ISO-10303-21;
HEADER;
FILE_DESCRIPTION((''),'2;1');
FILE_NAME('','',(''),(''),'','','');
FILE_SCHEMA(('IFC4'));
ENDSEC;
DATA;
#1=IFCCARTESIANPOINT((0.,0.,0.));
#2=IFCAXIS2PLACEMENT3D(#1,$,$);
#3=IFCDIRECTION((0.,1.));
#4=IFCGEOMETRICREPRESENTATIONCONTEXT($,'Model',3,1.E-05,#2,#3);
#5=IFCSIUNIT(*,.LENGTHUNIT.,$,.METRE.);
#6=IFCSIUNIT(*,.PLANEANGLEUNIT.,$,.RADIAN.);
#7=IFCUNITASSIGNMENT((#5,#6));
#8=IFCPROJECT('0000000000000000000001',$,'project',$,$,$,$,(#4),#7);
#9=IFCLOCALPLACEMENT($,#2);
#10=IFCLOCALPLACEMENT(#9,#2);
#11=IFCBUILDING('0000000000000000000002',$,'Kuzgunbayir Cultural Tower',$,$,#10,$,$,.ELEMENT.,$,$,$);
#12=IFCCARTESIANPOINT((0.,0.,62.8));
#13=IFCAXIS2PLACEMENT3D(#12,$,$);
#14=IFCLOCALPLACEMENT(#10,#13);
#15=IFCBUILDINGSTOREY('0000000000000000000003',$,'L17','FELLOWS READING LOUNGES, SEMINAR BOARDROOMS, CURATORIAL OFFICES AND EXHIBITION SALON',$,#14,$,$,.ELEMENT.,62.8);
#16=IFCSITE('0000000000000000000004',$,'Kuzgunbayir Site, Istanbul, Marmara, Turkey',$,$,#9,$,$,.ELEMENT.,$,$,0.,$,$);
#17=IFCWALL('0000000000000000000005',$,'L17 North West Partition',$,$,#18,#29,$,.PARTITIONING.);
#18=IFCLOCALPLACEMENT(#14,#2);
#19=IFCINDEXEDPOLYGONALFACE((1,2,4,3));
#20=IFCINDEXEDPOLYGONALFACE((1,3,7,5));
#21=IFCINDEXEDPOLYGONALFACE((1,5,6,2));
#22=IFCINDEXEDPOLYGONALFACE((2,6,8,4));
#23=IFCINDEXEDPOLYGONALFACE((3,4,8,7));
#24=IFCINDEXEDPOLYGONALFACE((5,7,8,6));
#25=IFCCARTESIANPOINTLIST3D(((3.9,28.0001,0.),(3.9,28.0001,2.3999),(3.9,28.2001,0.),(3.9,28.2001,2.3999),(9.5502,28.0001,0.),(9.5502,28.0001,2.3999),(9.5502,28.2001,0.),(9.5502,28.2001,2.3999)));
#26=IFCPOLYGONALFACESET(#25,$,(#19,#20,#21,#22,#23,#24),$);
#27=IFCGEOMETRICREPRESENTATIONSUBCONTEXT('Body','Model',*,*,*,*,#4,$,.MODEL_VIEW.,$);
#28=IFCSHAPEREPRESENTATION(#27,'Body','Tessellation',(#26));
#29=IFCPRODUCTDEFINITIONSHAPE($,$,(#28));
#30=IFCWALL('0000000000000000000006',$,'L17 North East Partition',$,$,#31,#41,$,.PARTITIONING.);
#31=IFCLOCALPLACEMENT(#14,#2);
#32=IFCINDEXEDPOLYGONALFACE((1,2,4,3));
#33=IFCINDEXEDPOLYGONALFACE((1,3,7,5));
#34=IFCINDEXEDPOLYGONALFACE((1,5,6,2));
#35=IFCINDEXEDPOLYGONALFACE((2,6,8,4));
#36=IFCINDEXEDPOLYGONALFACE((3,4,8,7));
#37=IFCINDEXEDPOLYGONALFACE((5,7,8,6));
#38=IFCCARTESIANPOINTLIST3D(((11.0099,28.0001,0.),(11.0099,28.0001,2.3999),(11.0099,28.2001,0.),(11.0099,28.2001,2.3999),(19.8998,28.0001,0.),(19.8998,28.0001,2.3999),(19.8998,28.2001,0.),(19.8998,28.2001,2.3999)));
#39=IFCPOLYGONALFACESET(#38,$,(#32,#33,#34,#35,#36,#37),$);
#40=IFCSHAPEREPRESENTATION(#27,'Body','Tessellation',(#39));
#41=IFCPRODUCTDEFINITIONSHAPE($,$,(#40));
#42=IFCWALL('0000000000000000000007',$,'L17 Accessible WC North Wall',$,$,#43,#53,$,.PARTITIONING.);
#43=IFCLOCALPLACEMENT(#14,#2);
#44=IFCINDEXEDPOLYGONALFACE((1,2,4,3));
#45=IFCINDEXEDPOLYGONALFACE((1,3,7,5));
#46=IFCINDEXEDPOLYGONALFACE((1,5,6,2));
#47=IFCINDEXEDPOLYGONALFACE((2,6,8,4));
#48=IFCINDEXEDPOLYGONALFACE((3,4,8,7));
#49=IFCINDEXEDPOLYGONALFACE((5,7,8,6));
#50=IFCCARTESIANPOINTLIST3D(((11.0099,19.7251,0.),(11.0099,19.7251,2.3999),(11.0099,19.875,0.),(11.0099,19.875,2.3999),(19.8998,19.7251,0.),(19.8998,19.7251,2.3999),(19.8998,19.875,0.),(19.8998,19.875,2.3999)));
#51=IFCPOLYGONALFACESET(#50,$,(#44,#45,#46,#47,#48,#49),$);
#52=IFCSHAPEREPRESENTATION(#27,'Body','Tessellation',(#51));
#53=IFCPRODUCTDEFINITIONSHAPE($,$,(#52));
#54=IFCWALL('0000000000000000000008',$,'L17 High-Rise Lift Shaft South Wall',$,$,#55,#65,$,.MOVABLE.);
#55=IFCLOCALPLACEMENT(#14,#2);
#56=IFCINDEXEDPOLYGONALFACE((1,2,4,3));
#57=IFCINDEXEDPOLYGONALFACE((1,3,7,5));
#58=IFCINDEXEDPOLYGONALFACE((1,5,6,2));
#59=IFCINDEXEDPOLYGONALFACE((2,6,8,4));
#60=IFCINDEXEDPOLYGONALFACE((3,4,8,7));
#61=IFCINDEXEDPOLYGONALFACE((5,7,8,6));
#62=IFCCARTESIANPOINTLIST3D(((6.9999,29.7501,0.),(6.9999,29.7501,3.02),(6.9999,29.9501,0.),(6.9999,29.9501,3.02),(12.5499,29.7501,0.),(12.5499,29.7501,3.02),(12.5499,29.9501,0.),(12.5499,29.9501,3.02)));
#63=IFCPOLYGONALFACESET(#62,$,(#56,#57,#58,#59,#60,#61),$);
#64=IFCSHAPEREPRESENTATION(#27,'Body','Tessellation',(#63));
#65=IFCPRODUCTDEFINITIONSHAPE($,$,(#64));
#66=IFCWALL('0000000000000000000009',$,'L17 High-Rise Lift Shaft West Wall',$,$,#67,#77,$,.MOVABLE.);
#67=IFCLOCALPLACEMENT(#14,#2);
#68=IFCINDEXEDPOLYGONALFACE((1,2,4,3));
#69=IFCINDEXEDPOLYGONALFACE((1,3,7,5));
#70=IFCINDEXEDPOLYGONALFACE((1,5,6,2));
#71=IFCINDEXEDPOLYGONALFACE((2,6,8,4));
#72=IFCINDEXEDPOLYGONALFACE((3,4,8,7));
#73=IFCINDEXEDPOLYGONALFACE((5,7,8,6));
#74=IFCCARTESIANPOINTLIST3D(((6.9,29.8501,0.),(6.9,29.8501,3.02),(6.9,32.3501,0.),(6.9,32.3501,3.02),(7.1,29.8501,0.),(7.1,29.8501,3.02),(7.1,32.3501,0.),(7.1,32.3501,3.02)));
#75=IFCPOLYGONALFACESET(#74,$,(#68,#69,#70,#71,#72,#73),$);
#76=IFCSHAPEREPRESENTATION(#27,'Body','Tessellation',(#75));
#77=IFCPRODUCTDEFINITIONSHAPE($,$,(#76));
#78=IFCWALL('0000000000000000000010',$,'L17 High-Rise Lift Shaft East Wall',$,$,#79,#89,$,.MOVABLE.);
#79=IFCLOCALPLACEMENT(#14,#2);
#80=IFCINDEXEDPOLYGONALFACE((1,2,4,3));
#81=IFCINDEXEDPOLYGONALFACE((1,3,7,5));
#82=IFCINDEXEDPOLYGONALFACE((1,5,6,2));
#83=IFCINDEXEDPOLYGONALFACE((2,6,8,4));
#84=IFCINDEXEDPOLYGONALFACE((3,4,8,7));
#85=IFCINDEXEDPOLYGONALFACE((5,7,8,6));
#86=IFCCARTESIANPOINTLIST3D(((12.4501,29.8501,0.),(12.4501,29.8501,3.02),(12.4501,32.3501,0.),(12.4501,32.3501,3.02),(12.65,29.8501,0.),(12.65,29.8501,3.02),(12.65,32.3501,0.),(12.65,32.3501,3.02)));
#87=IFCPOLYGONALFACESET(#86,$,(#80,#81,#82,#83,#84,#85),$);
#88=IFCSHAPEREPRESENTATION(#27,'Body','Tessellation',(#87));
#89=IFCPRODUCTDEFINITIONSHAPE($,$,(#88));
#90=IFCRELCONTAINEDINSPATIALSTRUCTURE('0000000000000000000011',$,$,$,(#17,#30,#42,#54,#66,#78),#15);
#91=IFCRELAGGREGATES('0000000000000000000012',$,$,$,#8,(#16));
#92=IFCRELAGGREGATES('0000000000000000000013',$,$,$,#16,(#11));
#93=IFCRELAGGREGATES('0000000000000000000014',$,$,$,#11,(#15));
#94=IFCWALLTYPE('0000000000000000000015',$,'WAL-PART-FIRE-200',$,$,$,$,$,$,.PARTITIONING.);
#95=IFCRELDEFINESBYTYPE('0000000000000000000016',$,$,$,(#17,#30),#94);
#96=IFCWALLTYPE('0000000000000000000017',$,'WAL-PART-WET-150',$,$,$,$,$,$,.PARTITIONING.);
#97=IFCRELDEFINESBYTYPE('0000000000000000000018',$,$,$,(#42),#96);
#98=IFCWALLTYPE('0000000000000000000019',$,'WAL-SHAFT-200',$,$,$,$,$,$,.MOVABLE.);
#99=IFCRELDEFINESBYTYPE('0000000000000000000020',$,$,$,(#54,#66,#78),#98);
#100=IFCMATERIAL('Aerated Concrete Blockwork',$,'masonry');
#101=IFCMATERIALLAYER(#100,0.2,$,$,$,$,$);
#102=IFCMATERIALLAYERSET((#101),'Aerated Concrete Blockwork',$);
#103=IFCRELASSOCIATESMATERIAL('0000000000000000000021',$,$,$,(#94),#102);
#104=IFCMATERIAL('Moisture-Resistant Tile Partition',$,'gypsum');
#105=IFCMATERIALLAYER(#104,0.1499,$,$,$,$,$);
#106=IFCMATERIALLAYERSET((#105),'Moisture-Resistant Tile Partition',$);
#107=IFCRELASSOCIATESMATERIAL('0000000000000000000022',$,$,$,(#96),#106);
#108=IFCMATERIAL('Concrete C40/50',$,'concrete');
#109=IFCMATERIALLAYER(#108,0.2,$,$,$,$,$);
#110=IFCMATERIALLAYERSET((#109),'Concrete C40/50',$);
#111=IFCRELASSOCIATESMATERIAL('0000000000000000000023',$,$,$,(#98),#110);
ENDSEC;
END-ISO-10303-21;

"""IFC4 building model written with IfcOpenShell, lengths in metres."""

from ifc_helpers import new_model, si_unit, direction, frame, frame_2d, origin, place, context, subcontext, project, spatial, rectangle, extrude, material, layer, layer_set, type_object, element, save


model = new_model("IFC4")

# Units and contexts
model_context = context("Model", 3, precision=1e-05, world=origin(), true_north=direction((0.0, 1.0)))
body_context = subcontext(model_context, "Body", "Model", "MODEL_VIEW")
ifc_project = project(units=[si_unit("LENGTHUNIT", "METRE"), si_unit("PLANEANGLEUNIT", "RADIAN")], contexts=[model_context])

# Site, building, storey
site_placement = place(None, origin())
site = spatial("IfcSite", under=ifc_project, at=site_placement, Name="Kuzgunbayir Site, Istanbul, Marmara, Turkey", CompositionType="ELEMENT", RefElevation=0.0)
building_placement = place(site_placement, origin())
building = spatial("IfcBuilding", under=site, at=building_placement, Name="Kuzgunbayir Cultural Tower", CompositionType="ELEMENT")
storey_placement = place(building_placement, frame((0.0, 0.0, 62.8)))
storey = spatial("IfcBuildingStorey", under=building, at=storey_placement, Name="L17", Description="FELLOWS READING LOUNGES, SEMINAR BOARDROOMS, CURATORIAL OFFICES AND EXHIBITION SALON", CompositionType="ELEMENT", Elevation=62.8)

# Walls
ifc_material_1 = material(Name="Aerated Concrete Blockwork", Category="masonry")
ifc_layer_1 = layer(ifc_material_1, 0.2)
ifc_layer_set_1 = layer_set([ifc_layer_1], Name="Aerated Concrete Blockwork")
wall_type_1 = type_object("IfcWallType", Name="WAL-PART-FIRE-200", PredefinedType="PARTITIONING", material=ifc_layer_set_1)
wall_1_placement = place(storey_placement, frame((3.8999, 28.1001, 0.0), z_axis=(0.0, 0.0, 1.0), x_axis=(1.0, 0.0, 0.0)))
element("IfcWall", 1, at=wall_1_placement, inside=storey, type_object=wall_type_1, Name="L17 North West Partition", PredefinedType="PARTITIONING", context=body_context, shape_type="SweptSolid", body=[
    extrude(rectangle(XDim=5.6501, YDim=0.2, at=frame_2d((2.8252, 0.0))), origin(), (0.0, 0.0, 1.0), 2.3999),
])
wall_2_placement = place(storey_placement, frame((11.01, 28.1001, 0.0), z_axis=(0.0, 0.0, 1.0), x_axis=(1.0, 0.0, 0.0)))
element("IfcWall", 2, at=wall_2_placement, inside=storey, type_object=wall_type_1, Name="L17 North East Partition", PredefinedType="PARTITIONING", context=body_context, shape_type="SweptSolid", body=[
    extrude(rectangle(XDim=8.8899, YDim=0.2, at=frame_2d((4.4448, 0.0))), origin(), (0.0, 0.0, 1.0), 2.3999),
])
ifc_material_2 = material(Name="Moisture-Resistant Tile Partition", Category="gypsum")
ifc_layer_2 = layer(ifc_material_2, 0.1499)
ifc_layer_set_2 = layer_set([ifc_layer_2], Name="Moisture-Resistant Tile Partition")
wall_type_2 = type_object("IfcWallType", Name="WAL-PART-WET-150", PredefinedType="PARTITIONING", material=ifc_layer_set_2)
wall_3_placement = place(storey_placement, frame((11.01, 19.8, 0.0), z_axis=(0.0, 0.0, 1.0), x_axis=(1.0, 0.0, 0.0)))
element("IfcWall", 3, at=wall_3_placement, inside=storey, type_object=wall_type_2, Name="L17 Accessible WC North Wall", PredefinedType="PARTITIONING", context=body_context, shape_type="SweptSolid", body=[
    extrude(rectangle(XDim=8.8899, YDim=0.1499, at=frame_2d((4.4448, 0.0))), origin(), (0.0, 0.0, 1.0), 2.3999),
])
ifc_material_3 = material(Name="Concrete C40/50", Category="concrete")
ifc_layer_3 = layer(ifc_material_3, 0.2)
ifc_layer_set_3 = layer_set([ifc_layer_3], Name="Concrete C40/50")
wall_type_3 = type_object("IfcWallType", Name="WAL-SHAFT-200", PredefinedType="MOVABLE", material=ifc_layer_set_3)
wall_4_placement = place(storey_placement, frame((7.0, 29.8501, 0.0), z_axis=(0.0, 0.0, 1.0), x_axis=(1.0, 0.0, 0.0)))
element("IfcWall", 4, at=wall_4_placement, inside=storey, type_object=wall_type_3, Name="L17 High-Rise Lift Shaft South Wall", PredefinedType="MOVABLE", context=body_context, shape_type="SweptSolid", body=[
    extrude(rectangle(XDim=5.55, YDim=0.2, at=frame_2d((2.7749, 0.0))), origin(), (0.0, 0.0, 1.0), 3.02),
])
for number, where, z_axis, x_axis, name in (
    (5, (7.0, 29.8501, 0.0), (0.0, 0.0, 1.0), (0.0, 1.0, 0.0), "L17 High-Rise Lift Shaft West Wall"),
    (6, (12.55, 29.8501, 0.0), (0.0, 0.0, 1.0), (0.0, 1.0, 0.0), "L17 High-Rise Lift Shaft East Wall"),
):
    element("IfcWall", number, at=place(storey_placement, frame(where, z_axis=z_axis, x_axis=x_axis)), inside=storey, type_object=wall_type_3, Name=name, PredefinedType="MOVABLE", context=body_context, shape_type="SweptSolid", body=[
        extrude(rectangle(XDim=2.5, YDim=0.2, at=frame_2d((1.25, 0.0))), origin(), (0.0, 0.0, 1.0), 3.02),
    ])

save(model, "model.ifc")
